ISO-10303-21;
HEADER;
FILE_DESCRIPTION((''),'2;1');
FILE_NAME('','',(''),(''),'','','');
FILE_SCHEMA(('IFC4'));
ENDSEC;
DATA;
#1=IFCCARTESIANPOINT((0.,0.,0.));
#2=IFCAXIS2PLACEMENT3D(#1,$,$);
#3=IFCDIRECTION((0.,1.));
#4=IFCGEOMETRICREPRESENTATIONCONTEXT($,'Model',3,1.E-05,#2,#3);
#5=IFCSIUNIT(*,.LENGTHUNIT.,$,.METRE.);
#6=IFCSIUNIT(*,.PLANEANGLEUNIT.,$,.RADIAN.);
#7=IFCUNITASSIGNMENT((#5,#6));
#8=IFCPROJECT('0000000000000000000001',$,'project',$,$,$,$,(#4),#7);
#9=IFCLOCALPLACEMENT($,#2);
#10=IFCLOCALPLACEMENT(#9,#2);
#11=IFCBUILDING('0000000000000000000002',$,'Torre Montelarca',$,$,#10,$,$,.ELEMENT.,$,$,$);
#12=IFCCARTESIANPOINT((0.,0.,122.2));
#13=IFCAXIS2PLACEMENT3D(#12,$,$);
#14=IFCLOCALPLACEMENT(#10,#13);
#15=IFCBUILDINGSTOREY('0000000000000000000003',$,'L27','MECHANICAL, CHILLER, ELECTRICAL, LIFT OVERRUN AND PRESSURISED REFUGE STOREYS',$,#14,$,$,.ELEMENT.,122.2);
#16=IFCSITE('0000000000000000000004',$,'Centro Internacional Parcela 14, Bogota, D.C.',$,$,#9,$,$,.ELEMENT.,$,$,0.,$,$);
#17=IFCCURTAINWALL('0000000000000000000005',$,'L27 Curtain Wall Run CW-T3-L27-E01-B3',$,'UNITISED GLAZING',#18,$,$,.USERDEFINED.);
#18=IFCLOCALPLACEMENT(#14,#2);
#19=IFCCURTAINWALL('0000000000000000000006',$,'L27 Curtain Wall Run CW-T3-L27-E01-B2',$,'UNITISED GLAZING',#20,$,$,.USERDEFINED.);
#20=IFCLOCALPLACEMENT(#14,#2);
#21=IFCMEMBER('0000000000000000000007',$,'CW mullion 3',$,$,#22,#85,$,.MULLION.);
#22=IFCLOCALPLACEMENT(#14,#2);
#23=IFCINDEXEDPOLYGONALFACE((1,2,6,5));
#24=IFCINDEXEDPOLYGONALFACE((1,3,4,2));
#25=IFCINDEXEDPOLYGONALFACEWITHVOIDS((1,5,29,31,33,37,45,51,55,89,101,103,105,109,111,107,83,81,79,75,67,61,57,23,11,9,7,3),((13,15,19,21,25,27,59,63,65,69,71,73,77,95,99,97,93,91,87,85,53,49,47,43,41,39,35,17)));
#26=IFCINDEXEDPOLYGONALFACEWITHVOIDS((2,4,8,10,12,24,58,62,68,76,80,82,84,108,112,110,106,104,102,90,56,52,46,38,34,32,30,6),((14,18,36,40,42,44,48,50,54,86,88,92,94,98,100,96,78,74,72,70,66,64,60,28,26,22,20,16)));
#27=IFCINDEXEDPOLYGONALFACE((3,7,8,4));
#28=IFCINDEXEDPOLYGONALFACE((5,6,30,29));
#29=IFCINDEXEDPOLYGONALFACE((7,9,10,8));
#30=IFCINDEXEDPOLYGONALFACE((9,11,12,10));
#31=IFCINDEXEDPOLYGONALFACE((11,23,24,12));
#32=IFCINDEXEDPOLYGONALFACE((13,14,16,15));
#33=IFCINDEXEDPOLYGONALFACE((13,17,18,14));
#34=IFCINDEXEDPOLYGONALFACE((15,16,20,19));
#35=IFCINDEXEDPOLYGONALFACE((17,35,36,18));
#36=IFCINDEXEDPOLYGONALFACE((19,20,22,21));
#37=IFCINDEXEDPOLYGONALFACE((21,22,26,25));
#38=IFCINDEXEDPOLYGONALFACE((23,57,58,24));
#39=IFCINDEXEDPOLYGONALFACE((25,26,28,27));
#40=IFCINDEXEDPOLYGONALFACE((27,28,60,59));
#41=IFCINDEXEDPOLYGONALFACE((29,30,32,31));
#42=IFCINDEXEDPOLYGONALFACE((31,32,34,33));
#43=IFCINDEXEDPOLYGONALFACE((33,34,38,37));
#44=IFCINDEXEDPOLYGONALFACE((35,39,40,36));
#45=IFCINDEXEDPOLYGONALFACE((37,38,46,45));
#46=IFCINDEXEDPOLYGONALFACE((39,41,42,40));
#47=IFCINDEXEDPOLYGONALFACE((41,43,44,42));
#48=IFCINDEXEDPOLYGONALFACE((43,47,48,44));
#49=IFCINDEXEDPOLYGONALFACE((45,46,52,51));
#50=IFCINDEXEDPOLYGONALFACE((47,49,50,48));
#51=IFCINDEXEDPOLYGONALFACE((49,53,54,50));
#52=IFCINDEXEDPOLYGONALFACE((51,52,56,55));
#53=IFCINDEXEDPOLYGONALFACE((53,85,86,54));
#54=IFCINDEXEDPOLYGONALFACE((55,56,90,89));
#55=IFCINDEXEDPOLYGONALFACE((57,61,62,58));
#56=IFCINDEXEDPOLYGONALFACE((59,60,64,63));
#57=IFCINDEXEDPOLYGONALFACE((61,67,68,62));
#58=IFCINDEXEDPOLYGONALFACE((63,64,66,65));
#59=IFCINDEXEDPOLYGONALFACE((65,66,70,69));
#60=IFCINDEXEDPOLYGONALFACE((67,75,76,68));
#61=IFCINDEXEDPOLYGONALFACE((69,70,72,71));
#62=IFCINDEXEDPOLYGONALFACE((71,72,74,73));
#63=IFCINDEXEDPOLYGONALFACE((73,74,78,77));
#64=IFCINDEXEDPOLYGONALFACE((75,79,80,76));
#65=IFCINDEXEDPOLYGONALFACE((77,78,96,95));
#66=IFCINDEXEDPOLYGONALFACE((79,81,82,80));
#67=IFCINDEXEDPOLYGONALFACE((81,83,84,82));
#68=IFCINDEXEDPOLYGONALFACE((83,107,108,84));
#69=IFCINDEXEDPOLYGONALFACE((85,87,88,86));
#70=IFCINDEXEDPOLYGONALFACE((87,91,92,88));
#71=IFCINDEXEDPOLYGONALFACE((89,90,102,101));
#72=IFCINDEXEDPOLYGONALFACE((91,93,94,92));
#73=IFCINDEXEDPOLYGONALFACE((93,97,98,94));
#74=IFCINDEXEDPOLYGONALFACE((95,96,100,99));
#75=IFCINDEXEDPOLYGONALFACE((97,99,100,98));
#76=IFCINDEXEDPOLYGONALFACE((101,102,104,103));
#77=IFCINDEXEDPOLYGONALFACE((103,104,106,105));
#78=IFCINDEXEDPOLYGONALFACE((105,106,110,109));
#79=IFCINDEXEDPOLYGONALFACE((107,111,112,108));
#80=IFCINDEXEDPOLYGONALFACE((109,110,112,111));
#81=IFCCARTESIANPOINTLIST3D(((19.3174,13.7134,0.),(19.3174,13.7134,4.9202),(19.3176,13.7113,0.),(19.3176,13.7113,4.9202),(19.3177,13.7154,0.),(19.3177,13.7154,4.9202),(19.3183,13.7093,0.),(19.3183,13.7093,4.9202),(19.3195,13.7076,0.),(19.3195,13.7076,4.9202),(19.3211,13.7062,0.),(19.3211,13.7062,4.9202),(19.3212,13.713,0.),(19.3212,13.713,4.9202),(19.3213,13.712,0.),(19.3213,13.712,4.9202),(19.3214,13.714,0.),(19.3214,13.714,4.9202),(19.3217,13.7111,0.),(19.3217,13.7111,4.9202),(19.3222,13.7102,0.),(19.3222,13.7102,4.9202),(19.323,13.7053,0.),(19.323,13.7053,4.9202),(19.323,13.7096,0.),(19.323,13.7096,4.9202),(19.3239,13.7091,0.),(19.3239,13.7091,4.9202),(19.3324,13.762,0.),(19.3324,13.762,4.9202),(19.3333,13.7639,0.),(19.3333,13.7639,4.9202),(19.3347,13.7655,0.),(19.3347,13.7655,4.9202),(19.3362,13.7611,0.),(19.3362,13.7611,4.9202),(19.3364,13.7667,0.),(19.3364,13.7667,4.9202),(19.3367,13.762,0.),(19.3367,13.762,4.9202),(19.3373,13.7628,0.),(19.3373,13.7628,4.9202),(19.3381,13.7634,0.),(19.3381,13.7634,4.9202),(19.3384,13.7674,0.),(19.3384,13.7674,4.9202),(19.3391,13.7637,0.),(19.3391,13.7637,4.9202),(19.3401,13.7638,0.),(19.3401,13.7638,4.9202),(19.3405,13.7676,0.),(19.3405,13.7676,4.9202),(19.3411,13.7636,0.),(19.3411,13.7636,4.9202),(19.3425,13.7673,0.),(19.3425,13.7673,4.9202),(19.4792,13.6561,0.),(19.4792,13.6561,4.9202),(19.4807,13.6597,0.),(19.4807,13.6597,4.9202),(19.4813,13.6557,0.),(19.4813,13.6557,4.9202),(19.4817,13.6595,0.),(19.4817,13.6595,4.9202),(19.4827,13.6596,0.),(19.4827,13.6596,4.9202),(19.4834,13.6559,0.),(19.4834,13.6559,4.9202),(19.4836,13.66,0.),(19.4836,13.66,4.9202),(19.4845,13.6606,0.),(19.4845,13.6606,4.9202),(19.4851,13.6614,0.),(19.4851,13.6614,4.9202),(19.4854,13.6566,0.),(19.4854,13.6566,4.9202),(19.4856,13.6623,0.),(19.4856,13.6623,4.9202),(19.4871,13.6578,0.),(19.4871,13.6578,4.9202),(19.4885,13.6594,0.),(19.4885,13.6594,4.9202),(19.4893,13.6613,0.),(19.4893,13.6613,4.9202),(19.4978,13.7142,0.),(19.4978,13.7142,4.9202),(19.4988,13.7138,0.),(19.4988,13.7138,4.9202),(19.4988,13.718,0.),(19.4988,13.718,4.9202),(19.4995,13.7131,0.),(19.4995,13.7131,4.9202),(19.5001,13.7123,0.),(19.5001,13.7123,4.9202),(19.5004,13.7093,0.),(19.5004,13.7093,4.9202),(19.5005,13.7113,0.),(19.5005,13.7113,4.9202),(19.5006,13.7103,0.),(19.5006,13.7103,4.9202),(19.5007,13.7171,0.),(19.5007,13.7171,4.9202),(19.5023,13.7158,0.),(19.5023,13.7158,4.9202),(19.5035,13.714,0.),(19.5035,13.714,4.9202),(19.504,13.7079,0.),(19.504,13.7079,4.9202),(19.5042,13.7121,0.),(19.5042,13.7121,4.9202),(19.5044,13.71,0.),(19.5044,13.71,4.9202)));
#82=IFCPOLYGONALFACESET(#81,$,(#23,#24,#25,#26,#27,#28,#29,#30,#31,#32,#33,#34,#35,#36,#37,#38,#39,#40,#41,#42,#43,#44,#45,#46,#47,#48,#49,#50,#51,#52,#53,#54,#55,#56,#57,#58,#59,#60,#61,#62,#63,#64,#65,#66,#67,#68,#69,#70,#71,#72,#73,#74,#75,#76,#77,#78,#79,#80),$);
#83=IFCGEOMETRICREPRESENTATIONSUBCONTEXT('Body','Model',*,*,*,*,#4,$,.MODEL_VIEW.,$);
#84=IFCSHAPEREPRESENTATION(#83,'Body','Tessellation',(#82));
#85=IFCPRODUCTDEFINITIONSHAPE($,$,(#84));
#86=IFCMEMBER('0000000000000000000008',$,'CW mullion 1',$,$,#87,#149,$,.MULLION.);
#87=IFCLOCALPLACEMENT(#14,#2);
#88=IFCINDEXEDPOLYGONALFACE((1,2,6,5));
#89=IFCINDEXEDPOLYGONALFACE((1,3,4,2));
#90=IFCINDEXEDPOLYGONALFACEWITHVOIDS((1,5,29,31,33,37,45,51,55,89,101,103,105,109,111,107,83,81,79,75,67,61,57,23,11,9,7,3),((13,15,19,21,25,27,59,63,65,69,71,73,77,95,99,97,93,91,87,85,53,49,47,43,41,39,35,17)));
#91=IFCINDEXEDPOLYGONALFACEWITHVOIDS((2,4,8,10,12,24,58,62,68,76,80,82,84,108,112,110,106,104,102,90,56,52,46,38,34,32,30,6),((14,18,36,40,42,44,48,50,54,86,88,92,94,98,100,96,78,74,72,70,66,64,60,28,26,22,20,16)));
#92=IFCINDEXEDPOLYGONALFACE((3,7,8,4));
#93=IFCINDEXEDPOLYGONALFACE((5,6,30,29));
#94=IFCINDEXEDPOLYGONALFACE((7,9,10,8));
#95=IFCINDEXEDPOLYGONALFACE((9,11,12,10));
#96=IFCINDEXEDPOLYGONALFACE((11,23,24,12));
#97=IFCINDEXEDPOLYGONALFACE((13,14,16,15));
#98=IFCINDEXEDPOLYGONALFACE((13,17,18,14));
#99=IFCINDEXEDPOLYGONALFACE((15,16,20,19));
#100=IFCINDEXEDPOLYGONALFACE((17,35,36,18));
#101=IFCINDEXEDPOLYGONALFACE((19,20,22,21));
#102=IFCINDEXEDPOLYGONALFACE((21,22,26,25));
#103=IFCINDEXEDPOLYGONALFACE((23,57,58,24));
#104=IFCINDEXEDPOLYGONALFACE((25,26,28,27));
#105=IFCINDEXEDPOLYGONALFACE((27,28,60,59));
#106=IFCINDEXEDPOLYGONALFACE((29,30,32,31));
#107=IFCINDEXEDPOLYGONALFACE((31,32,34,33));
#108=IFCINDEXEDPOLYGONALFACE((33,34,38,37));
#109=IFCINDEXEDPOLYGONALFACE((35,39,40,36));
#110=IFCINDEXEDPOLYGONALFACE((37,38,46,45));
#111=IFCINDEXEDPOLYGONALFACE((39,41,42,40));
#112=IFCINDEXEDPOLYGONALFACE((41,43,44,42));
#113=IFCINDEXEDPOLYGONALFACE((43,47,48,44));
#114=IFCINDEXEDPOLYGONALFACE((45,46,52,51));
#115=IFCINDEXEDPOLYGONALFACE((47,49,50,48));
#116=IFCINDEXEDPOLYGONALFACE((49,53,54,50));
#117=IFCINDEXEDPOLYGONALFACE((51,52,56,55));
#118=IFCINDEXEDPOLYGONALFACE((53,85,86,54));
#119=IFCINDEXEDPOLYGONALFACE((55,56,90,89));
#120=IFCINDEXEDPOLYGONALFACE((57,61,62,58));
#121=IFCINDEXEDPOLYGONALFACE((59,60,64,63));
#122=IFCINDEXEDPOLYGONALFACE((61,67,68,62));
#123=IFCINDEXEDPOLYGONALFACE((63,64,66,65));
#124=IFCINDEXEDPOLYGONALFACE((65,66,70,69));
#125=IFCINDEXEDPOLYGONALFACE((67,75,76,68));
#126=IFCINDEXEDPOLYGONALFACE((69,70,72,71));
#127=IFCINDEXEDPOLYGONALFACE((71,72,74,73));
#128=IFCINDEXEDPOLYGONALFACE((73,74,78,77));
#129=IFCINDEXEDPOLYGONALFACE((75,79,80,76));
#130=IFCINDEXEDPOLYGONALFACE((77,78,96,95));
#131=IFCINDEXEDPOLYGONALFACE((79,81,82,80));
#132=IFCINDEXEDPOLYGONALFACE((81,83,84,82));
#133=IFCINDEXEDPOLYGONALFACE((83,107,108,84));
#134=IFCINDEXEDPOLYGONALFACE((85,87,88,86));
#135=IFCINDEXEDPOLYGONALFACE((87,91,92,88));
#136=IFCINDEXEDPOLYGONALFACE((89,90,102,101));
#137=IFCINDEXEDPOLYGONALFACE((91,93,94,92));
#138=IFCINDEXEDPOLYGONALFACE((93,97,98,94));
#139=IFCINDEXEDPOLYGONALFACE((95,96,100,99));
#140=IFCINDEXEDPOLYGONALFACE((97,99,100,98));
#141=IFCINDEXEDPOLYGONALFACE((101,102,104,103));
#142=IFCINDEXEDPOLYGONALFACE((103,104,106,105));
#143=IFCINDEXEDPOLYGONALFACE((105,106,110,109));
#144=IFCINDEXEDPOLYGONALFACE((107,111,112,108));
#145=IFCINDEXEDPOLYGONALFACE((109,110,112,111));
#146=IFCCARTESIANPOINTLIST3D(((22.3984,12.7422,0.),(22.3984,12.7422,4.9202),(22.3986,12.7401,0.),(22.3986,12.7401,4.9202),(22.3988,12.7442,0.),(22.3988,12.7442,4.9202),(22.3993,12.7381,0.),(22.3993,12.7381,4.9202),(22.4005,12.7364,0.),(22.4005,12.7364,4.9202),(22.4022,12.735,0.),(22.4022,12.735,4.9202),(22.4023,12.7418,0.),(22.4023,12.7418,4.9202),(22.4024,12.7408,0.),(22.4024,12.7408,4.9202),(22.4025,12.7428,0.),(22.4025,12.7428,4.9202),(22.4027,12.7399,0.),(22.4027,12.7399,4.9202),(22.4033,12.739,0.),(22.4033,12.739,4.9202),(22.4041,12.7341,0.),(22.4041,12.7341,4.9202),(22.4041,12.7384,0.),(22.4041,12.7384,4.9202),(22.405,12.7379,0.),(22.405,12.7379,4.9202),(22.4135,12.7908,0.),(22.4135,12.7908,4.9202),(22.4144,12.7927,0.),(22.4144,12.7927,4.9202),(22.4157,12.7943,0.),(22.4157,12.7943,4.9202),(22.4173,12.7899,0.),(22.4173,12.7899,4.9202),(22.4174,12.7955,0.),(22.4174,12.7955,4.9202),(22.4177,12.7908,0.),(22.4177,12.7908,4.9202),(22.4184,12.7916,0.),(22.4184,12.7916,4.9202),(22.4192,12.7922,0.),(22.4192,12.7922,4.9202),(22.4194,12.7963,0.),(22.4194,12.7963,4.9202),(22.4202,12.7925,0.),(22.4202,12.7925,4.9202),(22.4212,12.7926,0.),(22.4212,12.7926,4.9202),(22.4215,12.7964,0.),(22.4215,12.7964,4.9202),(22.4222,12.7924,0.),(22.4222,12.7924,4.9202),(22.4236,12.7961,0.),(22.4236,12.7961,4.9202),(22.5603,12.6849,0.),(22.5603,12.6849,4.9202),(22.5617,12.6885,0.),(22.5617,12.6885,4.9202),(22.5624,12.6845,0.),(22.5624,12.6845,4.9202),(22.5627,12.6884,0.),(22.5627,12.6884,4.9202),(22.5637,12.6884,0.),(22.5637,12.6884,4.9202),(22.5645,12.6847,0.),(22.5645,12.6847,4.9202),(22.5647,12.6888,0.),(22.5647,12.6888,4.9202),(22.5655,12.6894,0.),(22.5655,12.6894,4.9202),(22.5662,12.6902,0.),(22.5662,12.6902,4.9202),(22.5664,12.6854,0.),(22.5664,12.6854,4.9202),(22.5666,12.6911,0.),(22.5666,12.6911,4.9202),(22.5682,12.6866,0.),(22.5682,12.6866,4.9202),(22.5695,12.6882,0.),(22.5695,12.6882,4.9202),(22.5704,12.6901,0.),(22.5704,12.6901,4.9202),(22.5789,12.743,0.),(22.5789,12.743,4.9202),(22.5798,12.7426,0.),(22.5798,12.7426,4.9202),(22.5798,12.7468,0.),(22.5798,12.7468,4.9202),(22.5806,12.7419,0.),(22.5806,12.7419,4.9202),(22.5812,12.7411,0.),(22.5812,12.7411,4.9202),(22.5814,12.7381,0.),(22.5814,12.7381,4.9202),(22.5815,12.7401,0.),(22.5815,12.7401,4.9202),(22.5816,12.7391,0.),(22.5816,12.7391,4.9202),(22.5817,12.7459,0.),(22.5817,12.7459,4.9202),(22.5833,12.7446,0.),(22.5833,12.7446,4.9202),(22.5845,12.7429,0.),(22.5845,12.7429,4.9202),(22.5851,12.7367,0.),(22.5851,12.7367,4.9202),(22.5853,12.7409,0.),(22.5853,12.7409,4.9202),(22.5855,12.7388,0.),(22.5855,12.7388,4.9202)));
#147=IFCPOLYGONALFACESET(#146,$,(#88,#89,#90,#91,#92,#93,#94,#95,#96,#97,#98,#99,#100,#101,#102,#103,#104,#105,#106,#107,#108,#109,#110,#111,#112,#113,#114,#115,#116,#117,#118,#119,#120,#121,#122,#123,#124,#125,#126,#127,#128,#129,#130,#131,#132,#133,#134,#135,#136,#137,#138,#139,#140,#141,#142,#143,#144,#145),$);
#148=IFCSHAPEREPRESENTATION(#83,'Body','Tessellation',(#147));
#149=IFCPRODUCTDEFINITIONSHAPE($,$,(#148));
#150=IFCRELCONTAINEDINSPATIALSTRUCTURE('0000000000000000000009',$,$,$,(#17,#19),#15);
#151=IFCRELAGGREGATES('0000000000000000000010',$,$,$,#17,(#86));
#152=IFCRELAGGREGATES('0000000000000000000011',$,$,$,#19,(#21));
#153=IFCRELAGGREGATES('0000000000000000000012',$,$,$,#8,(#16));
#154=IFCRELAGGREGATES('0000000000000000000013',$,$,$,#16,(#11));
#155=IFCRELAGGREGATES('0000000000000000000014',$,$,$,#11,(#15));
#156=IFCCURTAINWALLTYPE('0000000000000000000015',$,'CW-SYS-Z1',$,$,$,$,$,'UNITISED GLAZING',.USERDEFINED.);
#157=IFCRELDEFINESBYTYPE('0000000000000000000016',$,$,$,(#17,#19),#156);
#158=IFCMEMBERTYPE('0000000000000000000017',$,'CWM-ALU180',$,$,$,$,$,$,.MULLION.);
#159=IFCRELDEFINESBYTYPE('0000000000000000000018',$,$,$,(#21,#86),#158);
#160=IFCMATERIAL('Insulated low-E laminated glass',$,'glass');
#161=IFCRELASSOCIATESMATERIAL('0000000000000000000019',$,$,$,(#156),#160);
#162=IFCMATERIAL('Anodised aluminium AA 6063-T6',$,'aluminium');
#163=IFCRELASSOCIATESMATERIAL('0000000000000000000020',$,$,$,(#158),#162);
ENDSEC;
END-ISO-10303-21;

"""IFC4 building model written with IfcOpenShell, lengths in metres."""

from ifc_helpers import new_model, si_unit, direction, frame, origin, origin_2d, place, context, subcontext, project, spatial, hollow_rectangle, extrude, source, transform, mapped, material, material_profile, profile_set, type_object, element, aggregate, save


model = new_model("IFC4")

# Units and contexts
model_context = context("Model", 3, precision=1e-05, world=origin(), true_north=direction((0.0, 1.0)))
body_context = subcontext(model_context, "Body", "Model", "MODEL_VIEW")
ifc_project = project(units=[si_unit("LENGTHUNIT", "METRE"), si_unit("PLANEANGLEUNIT", "RADIAN")], contexts=[model_context])

# Site, building, storey
site_placement = place(None, origin())
site = spatial("IfcSite", under=ifc_project, at=site_placement, Name="Centro Internacional Parcela 14, Bogota, D.C.", CompositionType="ELEMENT", RefElevation=0.0)
building_placement = place(site_placement, origin())
building = spatial("IfcBuilding", under=site, at=building_placement, Name="Torre Montelarca", CompositionType="ELEMENT")
storey_placement = place(building_placement, frame((0.0, 0.0, 122.2)))
storey = spatial("IfcBuildingStorey", under=building, at=storey_placement, Name="L27", Description="MECHANICAL, CHILLER, ELECTRICAL, LIFT OVERRUN AND PRESSURISED REFUGE STOREYS", CompositionType="ELEMENT", Elevation=122.2)

# Curtain walls, member
ifc_material_1 = material(Name="Insulated low-E laminated glass", Category="glass")
curtain_wall_type = type_object("IfcCurtainWallType", Name="CW-SYS-Z1", ElementType="UNITISED GLAZING", PredefinedType="USERDEFINED", material=ifc_material_1)
curtain_wall_1_placement = place(storey_placement, origin())
curtain_wall_1 = element("IfcCurtainWall", 1, at=curtain_wall_1_placement, inside=storey, type_object=curtain_wall_type, Name="L27 Curtain Wall Run CW-T3-L27-E01-B3", ObjectType="UNITISED GLAZING", PredefinedType="USERDEFINED")
ifc_material_2 = material(Name="Anodised aluminium AA 6063-T6", Category="aluminium")
curtain_wall_2_placement = place(storey_placement, origin())
curtain_wall_2 = element("IfcCurtainWall", 2, at=curtain_wall_2_placement, inside=storey, type_object=curtain_wall_type, Name="L27 Curtain Wall Run CW-T3-L27-E01-B2", ObjectType="UNITISED GLAZING", PredefinedType="USERDEFINED")
ifc_material_profile_1 = material_profile(ifc_material_2, hollow_rectangle(XDim=0.0649, YDim=0.1799, WallThickness=0.0039, InnerFilletRadius=0.0039, OuterFilletRadius=0.0081, at=origin_2d()), Name="ALU65X180X4", Category="aluminium")
ifc_profile_set_1 = profile_set([ifc_material_profile_1], Name="Anodised aluminium AA 6063-T6")
member_type_1 = type_object("IfcMemberType", Name="CWM-ALU180", PredefinedType="MULLION", material=ifc_profile_set_1)
shared_shape_1 = source(origin(), body_context, "Body", "SweptSolid", [
    extrude(hollow_rectangle(XDim=0.0649, YDim=0.1799, WallThickness=0.0039, InnerFilletRadius=0.0039, OuterFilletRadius=0.0081, at=origin_2d()), origin(), (0.0, 0.0, 1.0), 4.9202),
])
member_1_placement = place(storey_placement, frame((19.4109, 13.7117, 0.0), z_axis=(0.0, 0.0, 1.0), x_axis=(0.300702, 0.953718, 0.0)))
member_1 = element("IfcMember", 3, at=member_1_placement, type_object=member_type_1, Name="CW mullion 3", PredefinedType="MULLION", context=body_context, shape_type="MappedRepresentation", body=[
    mapped(shared_shape_1, transform((0.0, 0.0, 0.0), scale=1.0)),
])

# Member
member_2_placement = place(storey_placement, frame((22.4919, 12.7405, 0.0), z_axis=(0.0, 0.0, 1.0), x_axis=(0.300706, 0.953717, 0.0)))
member_2 = element("IfcMember", 4, at=member_2_placement, type_object=member_type_1, Name="CW mullion 1", PredefinedType="MULLION", context=body_context, shape_type="MappedRepresentation", body=[
    mapped(shared_shape_1, transform((0.0, 0.0, 0.0), scale=1.0)),
])

aggregate(curtain_wall_1, [member_2])
aggregate(curtain_wall_2, [member_1])

save(model, "model.ifc")
